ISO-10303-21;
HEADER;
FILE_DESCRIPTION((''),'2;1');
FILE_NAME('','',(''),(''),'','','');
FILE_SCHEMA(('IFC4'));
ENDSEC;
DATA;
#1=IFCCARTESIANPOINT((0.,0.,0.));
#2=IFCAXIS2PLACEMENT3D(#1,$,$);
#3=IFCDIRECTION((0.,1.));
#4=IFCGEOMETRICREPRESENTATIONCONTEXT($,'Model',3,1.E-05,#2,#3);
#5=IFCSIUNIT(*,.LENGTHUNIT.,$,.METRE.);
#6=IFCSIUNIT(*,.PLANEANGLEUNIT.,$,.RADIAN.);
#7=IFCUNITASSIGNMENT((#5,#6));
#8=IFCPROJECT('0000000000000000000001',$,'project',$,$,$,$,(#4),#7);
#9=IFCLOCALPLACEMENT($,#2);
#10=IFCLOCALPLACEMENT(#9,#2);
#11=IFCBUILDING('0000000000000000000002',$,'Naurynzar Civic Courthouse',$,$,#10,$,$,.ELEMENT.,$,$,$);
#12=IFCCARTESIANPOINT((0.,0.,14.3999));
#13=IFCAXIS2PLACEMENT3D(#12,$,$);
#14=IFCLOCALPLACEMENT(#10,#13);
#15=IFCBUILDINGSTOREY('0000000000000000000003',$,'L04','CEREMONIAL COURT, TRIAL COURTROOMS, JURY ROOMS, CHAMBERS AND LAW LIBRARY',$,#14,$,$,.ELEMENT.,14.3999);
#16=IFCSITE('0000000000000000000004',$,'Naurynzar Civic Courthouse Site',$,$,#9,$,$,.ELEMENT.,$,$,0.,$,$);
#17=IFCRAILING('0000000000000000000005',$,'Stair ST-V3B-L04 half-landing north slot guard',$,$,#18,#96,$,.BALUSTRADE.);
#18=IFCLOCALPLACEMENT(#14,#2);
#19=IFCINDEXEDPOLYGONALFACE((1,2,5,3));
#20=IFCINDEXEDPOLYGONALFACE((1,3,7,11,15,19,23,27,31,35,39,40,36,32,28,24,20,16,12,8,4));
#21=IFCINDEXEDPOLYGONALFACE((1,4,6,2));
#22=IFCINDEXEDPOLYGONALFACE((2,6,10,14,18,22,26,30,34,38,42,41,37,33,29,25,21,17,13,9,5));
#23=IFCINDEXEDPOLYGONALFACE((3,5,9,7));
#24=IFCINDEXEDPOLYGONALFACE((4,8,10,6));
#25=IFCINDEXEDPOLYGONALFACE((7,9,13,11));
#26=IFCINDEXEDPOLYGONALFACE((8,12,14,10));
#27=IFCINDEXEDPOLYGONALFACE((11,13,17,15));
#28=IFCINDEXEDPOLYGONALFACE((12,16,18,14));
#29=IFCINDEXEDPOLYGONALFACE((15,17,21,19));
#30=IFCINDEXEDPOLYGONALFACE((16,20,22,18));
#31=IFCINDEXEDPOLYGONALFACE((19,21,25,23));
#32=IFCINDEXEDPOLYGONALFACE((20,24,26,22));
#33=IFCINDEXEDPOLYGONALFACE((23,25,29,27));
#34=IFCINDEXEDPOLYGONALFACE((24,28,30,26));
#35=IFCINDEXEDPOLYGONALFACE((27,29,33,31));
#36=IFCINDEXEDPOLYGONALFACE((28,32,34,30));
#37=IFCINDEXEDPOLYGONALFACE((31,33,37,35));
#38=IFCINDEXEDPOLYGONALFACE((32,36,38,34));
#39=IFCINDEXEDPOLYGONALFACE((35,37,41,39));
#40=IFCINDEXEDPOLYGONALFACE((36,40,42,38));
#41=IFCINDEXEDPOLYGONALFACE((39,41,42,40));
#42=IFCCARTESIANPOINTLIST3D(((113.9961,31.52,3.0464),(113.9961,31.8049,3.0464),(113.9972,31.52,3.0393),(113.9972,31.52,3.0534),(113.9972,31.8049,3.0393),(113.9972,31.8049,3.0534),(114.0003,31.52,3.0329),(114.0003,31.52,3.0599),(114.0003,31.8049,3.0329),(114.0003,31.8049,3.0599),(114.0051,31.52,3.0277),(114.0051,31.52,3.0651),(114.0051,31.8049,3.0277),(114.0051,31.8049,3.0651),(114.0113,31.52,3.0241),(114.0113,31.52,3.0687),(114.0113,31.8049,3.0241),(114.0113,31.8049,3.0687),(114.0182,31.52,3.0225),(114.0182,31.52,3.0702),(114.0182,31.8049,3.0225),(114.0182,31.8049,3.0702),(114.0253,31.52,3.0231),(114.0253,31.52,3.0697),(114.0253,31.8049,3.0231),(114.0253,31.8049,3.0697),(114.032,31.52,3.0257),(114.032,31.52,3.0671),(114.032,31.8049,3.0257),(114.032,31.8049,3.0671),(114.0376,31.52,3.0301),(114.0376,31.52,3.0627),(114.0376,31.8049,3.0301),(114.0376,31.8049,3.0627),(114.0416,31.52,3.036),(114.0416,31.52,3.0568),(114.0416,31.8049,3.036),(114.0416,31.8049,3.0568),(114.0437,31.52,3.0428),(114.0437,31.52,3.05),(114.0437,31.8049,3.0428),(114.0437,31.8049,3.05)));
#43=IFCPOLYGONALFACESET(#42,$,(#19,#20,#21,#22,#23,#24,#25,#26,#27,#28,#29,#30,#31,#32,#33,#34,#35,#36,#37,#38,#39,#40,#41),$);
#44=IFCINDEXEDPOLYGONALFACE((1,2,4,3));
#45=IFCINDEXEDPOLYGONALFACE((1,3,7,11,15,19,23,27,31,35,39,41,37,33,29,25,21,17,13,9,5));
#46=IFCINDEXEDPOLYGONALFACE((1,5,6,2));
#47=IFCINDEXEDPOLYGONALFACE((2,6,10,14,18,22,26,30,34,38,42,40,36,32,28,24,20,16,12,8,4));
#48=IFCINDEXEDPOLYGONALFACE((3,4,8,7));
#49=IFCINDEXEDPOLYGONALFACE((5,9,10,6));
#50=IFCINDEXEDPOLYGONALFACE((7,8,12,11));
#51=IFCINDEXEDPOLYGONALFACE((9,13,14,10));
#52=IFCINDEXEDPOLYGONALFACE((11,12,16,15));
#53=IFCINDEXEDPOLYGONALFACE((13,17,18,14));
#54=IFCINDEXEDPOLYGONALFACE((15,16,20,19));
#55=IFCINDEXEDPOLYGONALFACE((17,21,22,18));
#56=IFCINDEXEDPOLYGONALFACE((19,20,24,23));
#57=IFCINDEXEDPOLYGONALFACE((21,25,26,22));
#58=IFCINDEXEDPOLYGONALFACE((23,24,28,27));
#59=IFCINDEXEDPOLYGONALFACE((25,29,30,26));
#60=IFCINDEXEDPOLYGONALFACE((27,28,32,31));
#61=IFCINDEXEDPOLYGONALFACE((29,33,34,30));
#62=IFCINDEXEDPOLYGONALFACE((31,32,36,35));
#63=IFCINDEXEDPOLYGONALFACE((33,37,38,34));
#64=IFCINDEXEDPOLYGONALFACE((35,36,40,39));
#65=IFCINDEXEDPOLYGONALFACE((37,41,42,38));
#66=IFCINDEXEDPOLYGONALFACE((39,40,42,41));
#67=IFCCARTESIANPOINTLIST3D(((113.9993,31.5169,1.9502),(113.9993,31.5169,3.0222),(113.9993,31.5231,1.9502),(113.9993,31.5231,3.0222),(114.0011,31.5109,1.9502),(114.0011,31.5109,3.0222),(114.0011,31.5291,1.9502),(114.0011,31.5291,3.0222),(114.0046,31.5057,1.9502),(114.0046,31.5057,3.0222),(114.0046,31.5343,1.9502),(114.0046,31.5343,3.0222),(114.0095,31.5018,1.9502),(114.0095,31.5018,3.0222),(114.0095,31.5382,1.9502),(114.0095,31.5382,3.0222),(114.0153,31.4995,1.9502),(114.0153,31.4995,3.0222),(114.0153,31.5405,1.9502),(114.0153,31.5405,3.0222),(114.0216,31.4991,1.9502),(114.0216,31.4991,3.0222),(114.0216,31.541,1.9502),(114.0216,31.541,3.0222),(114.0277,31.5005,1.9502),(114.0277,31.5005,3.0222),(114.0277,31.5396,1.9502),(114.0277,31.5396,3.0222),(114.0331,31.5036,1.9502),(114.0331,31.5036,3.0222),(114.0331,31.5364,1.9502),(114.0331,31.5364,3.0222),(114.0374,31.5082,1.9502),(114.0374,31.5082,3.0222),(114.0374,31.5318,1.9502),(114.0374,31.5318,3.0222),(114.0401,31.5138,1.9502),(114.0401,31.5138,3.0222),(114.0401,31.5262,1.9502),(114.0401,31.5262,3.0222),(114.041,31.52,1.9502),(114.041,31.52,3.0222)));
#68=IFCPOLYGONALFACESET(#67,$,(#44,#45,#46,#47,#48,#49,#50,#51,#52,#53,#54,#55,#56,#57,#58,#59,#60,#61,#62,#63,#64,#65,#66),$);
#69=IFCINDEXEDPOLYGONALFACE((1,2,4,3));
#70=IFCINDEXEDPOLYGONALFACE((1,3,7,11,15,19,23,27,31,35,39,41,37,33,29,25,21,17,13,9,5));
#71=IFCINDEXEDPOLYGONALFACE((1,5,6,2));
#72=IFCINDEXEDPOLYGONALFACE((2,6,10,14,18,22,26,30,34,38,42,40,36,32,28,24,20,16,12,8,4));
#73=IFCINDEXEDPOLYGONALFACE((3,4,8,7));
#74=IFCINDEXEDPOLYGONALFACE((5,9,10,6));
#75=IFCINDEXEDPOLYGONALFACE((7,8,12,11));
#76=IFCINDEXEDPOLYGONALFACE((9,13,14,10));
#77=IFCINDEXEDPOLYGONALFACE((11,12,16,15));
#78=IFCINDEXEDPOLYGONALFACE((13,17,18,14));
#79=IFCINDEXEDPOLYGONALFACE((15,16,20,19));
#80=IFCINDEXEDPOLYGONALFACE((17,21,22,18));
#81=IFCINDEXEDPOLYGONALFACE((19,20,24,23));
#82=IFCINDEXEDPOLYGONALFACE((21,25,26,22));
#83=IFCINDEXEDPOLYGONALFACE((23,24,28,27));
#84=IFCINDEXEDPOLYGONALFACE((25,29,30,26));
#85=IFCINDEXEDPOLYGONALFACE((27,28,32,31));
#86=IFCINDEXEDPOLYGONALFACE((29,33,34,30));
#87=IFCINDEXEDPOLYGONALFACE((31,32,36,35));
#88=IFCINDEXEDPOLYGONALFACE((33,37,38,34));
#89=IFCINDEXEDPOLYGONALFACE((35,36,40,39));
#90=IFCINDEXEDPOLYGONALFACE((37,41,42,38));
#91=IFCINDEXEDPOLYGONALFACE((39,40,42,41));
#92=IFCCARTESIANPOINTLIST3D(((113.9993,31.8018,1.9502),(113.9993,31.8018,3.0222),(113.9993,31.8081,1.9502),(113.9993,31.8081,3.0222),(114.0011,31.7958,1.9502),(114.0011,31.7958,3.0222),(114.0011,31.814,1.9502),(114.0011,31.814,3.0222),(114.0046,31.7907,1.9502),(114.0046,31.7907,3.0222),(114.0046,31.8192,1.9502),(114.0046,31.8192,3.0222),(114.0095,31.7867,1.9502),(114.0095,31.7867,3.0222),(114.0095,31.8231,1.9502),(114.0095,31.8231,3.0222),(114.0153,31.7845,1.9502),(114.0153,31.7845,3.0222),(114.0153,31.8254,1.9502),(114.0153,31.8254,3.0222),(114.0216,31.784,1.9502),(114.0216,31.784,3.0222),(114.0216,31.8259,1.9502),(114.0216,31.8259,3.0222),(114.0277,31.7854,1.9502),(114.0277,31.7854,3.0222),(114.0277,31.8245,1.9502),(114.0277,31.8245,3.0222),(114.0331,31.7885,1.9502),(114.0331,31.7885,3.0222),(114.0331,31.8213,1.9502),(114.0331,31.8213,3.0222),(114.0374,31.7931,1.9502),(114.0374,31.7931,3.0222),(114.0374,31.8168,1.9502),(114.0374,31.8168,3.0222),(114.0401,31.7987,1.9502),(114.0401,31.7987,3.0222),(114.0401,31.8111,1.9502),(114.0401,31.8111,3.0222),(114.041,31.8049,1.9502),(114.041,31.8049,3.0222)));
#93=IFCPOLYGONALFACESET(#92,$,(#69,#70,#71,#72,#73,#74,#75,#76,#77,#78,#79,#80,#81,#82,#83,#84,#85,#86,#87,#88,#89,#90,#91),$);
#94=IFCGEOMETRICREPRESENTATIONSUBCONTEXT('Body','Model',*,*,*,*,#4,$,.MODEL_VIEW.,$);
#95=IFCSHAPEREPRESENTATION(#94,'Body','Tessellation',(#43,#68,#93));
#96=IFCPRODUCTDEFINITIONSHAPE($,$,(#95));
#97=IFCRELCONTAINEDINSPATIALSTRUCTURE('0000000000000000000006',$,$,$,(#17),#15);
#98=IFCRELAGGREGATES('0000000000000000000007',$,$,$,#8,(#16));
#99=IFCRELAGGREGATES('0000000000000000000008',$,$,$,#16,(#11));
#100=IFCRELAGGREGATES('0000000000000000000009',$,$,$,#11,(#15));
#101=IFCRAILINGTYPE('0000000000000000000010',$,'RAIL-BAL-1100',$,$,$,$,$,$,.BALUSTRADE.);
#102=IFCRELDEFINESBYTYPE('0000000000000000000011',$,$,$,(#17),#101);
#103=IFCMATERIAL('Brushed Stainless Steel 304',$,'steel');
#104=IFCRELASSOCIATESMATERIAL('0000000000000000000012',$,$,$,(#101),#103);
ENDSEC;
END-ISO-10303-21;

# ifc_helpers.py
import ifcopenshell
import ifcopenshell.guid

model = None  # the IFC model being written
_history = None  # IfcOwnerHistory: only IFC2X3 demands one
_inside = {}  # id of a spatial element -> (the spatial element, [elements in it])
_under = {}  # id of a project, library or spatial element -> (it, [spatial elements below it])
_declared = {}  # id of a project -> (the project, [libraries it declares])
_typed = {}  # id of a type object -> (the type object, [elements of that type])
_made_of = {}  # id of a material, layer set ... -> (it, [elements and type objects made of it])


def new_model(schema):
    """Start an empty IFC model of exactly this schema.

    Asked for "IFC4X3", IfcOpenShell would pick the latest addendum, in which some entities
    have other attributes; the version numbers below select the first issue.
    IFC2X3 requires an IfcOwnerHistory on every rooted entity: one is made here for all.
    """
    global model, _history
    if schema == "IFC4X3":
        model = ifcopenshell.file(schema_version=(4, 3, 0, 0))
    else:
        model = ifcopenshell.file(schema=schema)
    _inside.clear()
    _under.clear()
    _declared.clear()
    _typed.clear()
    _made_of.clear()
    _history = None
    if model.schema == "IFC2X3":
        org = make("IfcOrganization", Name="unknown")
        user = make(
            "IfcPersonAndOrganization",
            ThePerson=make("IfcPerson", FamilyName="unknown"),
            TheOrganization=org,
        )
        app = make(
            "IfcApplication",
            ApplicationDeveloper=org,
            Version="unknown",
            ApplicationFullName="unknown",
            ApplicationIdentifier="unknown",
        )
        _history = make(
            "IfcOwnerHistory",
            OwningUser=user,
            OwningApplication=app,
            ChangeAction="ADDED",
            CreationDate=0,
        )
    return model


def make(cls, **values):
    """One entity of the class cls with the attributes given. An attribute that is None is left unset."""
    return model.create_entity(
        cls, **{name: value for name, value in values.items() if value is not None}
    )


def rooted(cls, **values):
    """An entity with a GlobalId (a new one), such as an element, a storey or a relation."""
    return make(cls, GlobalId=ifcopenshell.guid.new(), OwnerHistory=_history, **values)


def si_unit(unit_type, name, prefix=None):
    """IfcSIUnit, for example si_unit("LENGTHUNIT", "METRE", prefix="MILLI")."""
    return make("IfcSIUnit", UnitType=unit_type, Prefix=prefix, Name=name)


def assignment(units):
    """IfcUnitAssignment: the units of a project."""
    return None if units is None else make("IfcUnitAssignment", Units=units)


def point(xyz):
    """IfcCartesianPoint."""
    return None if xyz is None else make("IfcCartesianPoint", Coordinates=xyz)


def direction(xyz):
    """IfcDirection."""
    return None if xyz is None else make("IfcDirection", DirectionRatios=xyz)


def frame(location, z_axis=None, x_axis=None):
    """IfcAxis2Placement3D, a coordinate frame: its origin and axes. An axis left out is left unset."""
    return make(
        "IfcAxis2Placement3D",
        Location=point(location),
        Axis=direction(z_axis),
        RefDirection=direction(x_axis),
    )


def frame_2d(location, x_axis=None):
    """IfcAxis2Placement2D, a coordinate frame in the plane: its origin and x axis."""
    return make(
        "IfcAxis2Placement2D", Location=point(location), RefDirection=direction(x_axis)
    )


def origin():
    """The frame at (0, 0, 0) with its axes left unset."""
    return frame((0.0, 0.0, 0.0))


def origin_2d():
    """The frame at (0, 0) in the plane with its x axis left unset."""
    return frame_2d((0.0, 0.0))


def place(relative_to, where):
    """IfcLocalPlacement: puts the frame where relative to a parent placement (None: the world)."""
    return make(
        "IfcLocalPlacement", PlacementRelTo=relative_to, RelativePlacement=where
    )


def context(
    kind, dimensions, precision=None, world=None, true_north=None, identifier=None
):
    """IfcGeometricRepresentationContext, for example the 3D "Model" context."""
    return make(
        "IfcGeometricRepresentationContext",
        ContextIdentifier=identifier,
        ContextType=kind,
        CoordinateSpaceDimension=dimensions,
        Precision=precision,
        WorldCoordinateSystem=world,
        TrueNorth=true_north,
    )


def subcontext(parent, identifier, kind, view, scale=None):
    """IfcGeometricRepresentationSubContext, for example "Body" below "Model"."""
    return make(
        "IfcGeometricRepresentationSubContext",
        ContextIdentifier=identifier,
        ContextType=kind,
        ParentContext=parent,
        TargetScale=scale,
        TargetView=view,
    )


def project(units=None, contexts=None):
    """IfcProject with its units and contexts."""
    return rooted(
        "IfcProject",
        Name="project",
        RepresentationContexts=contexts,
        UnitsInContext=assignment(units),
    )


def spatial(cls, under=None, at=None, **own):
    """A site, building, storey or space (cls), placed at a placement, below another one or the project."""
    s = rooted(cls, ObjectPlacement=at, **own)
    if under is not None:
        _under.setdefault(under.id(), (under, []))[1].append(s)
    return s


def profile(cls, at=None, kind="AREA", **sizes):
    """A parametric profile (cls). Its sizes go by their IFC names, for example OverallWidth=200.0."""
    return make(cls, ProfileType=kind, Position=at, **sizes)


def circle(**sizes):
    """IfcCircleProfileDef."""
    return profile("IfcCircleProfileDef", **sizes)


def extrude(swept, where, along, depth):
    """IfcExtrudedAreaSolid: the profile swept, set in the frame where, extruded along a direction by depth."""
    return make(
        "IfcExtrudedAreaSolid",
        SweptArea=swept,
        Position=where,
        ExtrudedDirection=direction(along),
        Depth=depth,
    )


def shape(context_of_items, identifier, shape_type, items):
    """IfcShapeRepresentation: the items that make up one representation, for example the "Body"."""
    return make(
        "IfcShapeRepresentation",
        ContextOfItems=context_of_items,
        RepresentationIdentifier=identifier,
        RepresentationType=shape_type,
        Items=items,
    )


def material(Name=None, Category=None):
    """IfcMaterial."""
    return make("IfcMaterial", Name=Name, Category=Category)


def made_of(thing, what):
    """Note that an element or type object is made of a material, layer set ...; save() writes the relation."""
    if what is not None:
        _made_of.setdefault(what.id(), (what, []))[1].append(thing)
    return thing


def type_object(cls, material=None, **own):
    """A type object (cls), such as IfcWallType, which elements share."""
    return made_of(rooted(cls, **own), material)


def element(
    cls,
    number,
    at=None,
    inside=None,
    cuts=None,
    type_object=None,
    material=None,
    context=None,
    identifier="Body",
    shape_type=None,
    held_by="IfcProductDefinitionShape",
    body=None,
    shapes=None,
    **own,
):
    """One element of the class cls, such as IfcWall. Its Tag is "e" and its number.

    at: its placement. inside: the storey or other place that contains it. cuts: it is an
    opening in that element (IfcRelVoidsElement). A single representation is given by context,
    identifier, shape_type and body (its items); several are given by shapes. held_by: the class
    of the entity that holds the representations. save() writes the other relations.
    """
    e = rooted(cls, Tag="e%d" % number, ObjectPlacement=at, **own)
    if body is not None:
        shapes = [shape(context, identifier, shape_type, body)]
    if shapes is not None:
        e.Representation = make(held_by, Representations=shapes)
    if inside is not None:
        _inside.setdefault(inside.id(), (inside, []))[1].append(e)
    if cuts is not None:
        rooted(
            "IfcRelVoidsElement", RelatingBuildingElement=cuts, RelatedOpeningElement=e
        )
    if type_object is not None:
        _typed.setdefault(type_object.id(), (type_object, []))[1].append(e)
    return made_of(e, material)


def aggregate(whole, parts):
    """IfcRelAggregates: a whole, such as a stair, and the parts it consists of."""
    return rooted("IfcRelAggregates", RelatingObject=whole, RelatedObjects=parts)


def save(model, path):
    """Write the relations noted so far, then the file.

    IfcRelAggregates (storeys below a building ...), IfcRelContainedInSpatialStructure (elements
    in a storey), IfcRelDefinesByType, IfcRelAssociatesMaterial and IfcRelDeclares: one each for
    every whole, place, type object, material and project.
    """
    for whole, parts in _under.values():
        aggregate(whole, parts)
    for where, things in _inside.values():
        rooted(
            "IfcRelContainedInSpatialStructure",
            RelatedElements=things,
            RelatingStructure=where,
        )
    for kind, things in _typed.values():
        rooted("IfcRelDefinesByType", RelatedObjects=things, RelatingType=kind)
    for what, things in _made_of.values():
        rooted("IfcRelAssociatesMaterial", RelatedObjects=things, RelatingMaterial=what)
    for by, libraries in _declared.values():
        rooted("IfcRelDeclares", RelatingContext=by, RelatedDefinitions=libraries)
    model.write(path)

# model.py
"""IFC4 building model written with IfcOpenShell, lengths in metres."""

from ifc_helpers import new_model, si_unit, direction, frame, origin, origin_2d, place, context, subcontext, project, spatial, circle, extrude, material, type_object, element, save


model = new_model("IFC4")

# Units and contexts
model_context = context("Model", 3, precision=1e-05, world=origin(), true_north=direction((0.0, 1.0)))
body_context = subcontext(model_context, "Body", "Model", "MODEL_VIEW")
ifc_project = project(units=[si_unit("LENGTHUNIT", "METRE"), si_unit("PLANEANGLEUNIT", "RADIAN")], contexts=[model_context])

# Site, building, storey
site_placement = place(None, origin())
site = spatial("IfcSite", under=ifc_project, at=site_placement, Name="Naurynzar Civic Courthouse Site", CompositionType="ELEMENT", RefElevation=0.0)
building_placement = place(site_placement, origin())
building = spatial("IfcBuilding", under=site, at=building_placement, Name="Naurynzar Civic Courthouse", CompositionType="ELEMENT")
storey_placement = place(building_placement, frame((0.0, 0.0, 14.3999)))
storey = spatial("IfcBuildingStorey", under=building, at=storey_placement, Name="L04", Description="CEREMONIAL COURT, TRIAL COURTROOMS, JURY ROOMS, CHAMBERS AND LAW LIBRARY", CompositionType="ELEMENT", Elevation=14.3999)

# Railing
ifc_material_1 = material(Name="Brushed Stainless Steel 304", Category="steel")
railing_type_1 = type_object("IfcRailingType", Name="RAIL-BAL-1100", PredefinedType="BALUSTRADE", material=ifc_material_1)
railing_1_placement = place(storey_placement, frame((114.02, 31.52, 1.9502)))
element("IfcRailing", 1, at=railing_1_placement, inside=storey, type_object=railing_type_1, Name="Stair ST-V3B-L04 half-landing north slot guard", PredefinedType="BALUSTRADE", context=body_context, shape_type="SweptSolid", body=[
    extrude(circle(Radius=0.0239, at=origin_2d()), frame((0.0, 0.0, 1.0962), z_axis=(0.0, 1.0, 0.0), x_axis=(-1.0, 0.0, 0.0)), (0.0, 0.0, 1.0), 0.2849),
    extrude(circle(Radius=0.021, at=origin_2d()), origin(), (0.0, 0.0, 1.0), 1.072),
    extrude(circle(Radius=0.021, at=origin_2d()), frame((0.0, 0.2849, 0.0)), (0.0, 0.0, 1.0), 1.072),
])

save(model, "model.ifc")
